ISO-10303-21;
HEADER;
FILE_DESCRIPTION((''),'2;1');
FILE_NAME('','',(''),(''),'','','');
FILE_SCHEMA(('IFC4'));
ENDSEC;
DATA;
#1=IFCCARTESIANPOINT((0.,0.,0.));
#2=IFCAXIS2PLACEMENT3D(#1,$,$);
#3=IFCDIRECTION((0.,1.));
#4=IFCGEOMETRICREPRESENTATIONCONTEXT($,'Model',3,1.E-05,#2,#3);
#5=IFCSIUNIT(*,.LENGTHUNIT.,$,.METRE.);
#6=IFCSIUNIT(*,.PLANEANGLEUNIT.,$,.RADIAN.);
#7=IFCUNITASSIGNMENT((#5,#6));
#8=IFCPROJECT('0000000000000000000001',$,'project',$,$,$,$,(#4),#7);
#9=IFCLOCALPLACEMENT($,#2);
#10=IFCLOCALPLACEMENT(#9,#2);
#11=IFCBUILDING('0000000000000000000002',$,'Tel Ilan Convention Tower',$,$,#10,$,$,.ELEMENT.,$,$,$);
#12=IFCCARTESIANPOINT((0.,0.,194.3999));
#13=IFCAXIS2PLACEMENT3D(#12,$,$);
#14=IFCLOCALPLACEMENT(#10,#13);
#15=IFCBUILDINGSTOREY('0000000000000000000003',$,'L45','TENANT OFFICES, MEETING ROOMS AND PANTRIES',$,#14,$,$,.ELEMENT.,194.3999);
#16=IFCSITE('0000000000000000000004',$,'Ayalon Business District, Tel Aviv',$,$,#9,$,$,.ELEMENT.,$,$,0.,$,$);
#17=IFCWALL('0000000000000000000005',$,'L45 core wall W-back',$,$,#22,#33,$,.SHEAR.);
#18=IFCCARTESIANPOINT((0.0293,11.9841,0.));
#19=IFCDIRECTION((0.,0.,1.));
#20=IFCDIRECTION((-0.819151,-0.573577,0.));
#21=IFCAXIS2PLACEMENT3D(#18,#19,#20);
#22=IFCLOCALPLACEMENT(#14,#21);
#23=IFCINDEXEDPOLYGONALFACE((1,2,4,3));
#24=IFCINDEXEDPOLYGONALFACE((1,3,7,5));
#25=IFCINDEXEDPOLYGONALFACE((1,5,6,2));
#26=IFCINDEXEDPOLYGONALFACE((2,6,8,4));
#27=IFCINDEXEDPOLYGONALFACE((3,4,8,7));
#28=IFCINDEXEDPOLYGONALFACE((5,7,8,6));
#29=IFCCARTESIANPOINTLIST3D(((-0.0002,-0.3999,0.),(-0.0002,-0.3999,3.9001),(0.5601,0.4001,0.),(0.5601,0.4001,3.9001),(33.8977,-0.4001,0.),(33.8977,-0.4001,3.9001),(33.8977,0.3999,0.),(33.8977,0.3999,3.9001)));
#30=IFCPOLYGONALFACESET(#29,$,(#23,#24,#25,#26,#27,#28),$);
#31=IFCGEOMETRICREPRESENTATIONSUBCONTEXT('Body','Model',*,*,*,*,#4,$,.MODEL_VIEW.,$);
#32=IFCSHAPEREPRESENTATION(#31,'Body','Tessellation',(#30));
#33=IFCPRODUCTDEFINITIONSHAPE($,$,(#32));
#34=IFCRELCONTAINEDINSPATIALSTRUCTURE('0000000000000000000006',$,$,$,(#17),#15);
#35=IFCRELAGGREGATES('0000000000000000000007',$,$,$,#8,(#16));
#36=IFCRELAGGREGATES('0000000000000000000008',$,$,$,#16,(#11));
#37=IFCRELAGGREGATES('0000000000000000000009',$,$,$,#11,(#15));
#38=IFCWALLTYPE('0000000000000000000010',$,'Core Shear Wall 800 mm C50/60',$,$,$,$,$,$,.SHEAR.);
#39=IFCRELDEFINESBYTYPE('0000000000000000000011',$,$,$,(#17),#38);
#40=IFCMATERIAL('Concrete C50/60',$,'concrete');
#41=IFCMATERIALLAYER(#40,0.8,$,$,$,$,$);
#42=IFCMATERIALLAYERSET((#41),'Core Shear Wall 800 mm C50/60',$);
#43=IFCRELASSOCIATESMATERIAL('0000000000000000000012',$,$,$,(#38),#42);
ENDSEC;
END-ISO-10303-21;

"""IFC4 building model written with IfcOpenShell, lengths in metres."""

from ifc_helpers import new_model, si_unit, direction, frame, origin, place, context, subcontext, project, spatial, polyline, outline, extrude, material, layer, layer_set, type_object, element, save


model = new_model("IFC4")

# Units and contexts
model_context = context("Model", 3, precision=1e-05, world=origin(), true_north=direction((0.0, 1.0)))
body_context = subcontext(model_context, "Body", "Model", "MODEL_VIEW")
ifc_project = project(units=[si_unit("LENGTHUNIT", "METRE"), si_unit("PLANEANGLEUNIT", "RADIAN")], contexts=[model_context])

# Site, building, storey
site_placement = place(None, origin())
site = spatial("IfcSite", under=ifc_project, at=site_placement, Name="Ayalon Business District, Tel Aviv", CompositionType="ELEMENT", RefElevation=0.0)
building_placement = place(site_placement, origin())
building = spatial("IfcBuilding", under=site, at=building_placement, Name="Tel Ilan Convention Tower", CompositionType="ELEMENT")
storey_placement = place(building_placement, frame((0.0, 0.0, 194.3999)))
storey = spatial("IfcBuildingStorey", under=building, at=storey_placement, Name="L45", Description="TENANT OFFICES, MEETING ROOMS AND PANTRIES", CompositionType="ELEMENT", Elevation=194.3999)

# Wall
ifc_material_1 = material(Name="Concrete C50/60", Category="concrete")
ifc_layer_1 = layer(ifc_material_1, 0.8)
ifc_layer_set_1 = layer_set([ifc_layer_1], Name="Core Shear Wall 800 mm C50/60")
wall_type_1 = type_object("IfcWallType", Name="Core Shear Wall 800 mm C50/60", PredefinedType="SHEAR", material=ifc_layer_set_1)
wall_1_placement = place(storey_placement, frame((0.0293, 11.9841, 0.0), z_axis=(0.0, 0.0, 1.0), x_axis=(-0.819151, -0.573577, 0.0)))
element("IfcWall", 1, at=wall_1_placement, inside=storey, type_object=wall_type_1, Name="L45 core wall W-back", PredefinedType="SHEAR", context=body_context, shape_type="SweptSolid", body=[
    extrude(outline(polyline([(33.8977, 0.3999), (0.5601, 0.4001), (-0.0002, -0.3999), (33.8977, -0.4001), (33.8977, 0.3999)])), origin(), (0.0, 0.0, 1.0), 3.9001),
])

save(model, "model.ifc")
